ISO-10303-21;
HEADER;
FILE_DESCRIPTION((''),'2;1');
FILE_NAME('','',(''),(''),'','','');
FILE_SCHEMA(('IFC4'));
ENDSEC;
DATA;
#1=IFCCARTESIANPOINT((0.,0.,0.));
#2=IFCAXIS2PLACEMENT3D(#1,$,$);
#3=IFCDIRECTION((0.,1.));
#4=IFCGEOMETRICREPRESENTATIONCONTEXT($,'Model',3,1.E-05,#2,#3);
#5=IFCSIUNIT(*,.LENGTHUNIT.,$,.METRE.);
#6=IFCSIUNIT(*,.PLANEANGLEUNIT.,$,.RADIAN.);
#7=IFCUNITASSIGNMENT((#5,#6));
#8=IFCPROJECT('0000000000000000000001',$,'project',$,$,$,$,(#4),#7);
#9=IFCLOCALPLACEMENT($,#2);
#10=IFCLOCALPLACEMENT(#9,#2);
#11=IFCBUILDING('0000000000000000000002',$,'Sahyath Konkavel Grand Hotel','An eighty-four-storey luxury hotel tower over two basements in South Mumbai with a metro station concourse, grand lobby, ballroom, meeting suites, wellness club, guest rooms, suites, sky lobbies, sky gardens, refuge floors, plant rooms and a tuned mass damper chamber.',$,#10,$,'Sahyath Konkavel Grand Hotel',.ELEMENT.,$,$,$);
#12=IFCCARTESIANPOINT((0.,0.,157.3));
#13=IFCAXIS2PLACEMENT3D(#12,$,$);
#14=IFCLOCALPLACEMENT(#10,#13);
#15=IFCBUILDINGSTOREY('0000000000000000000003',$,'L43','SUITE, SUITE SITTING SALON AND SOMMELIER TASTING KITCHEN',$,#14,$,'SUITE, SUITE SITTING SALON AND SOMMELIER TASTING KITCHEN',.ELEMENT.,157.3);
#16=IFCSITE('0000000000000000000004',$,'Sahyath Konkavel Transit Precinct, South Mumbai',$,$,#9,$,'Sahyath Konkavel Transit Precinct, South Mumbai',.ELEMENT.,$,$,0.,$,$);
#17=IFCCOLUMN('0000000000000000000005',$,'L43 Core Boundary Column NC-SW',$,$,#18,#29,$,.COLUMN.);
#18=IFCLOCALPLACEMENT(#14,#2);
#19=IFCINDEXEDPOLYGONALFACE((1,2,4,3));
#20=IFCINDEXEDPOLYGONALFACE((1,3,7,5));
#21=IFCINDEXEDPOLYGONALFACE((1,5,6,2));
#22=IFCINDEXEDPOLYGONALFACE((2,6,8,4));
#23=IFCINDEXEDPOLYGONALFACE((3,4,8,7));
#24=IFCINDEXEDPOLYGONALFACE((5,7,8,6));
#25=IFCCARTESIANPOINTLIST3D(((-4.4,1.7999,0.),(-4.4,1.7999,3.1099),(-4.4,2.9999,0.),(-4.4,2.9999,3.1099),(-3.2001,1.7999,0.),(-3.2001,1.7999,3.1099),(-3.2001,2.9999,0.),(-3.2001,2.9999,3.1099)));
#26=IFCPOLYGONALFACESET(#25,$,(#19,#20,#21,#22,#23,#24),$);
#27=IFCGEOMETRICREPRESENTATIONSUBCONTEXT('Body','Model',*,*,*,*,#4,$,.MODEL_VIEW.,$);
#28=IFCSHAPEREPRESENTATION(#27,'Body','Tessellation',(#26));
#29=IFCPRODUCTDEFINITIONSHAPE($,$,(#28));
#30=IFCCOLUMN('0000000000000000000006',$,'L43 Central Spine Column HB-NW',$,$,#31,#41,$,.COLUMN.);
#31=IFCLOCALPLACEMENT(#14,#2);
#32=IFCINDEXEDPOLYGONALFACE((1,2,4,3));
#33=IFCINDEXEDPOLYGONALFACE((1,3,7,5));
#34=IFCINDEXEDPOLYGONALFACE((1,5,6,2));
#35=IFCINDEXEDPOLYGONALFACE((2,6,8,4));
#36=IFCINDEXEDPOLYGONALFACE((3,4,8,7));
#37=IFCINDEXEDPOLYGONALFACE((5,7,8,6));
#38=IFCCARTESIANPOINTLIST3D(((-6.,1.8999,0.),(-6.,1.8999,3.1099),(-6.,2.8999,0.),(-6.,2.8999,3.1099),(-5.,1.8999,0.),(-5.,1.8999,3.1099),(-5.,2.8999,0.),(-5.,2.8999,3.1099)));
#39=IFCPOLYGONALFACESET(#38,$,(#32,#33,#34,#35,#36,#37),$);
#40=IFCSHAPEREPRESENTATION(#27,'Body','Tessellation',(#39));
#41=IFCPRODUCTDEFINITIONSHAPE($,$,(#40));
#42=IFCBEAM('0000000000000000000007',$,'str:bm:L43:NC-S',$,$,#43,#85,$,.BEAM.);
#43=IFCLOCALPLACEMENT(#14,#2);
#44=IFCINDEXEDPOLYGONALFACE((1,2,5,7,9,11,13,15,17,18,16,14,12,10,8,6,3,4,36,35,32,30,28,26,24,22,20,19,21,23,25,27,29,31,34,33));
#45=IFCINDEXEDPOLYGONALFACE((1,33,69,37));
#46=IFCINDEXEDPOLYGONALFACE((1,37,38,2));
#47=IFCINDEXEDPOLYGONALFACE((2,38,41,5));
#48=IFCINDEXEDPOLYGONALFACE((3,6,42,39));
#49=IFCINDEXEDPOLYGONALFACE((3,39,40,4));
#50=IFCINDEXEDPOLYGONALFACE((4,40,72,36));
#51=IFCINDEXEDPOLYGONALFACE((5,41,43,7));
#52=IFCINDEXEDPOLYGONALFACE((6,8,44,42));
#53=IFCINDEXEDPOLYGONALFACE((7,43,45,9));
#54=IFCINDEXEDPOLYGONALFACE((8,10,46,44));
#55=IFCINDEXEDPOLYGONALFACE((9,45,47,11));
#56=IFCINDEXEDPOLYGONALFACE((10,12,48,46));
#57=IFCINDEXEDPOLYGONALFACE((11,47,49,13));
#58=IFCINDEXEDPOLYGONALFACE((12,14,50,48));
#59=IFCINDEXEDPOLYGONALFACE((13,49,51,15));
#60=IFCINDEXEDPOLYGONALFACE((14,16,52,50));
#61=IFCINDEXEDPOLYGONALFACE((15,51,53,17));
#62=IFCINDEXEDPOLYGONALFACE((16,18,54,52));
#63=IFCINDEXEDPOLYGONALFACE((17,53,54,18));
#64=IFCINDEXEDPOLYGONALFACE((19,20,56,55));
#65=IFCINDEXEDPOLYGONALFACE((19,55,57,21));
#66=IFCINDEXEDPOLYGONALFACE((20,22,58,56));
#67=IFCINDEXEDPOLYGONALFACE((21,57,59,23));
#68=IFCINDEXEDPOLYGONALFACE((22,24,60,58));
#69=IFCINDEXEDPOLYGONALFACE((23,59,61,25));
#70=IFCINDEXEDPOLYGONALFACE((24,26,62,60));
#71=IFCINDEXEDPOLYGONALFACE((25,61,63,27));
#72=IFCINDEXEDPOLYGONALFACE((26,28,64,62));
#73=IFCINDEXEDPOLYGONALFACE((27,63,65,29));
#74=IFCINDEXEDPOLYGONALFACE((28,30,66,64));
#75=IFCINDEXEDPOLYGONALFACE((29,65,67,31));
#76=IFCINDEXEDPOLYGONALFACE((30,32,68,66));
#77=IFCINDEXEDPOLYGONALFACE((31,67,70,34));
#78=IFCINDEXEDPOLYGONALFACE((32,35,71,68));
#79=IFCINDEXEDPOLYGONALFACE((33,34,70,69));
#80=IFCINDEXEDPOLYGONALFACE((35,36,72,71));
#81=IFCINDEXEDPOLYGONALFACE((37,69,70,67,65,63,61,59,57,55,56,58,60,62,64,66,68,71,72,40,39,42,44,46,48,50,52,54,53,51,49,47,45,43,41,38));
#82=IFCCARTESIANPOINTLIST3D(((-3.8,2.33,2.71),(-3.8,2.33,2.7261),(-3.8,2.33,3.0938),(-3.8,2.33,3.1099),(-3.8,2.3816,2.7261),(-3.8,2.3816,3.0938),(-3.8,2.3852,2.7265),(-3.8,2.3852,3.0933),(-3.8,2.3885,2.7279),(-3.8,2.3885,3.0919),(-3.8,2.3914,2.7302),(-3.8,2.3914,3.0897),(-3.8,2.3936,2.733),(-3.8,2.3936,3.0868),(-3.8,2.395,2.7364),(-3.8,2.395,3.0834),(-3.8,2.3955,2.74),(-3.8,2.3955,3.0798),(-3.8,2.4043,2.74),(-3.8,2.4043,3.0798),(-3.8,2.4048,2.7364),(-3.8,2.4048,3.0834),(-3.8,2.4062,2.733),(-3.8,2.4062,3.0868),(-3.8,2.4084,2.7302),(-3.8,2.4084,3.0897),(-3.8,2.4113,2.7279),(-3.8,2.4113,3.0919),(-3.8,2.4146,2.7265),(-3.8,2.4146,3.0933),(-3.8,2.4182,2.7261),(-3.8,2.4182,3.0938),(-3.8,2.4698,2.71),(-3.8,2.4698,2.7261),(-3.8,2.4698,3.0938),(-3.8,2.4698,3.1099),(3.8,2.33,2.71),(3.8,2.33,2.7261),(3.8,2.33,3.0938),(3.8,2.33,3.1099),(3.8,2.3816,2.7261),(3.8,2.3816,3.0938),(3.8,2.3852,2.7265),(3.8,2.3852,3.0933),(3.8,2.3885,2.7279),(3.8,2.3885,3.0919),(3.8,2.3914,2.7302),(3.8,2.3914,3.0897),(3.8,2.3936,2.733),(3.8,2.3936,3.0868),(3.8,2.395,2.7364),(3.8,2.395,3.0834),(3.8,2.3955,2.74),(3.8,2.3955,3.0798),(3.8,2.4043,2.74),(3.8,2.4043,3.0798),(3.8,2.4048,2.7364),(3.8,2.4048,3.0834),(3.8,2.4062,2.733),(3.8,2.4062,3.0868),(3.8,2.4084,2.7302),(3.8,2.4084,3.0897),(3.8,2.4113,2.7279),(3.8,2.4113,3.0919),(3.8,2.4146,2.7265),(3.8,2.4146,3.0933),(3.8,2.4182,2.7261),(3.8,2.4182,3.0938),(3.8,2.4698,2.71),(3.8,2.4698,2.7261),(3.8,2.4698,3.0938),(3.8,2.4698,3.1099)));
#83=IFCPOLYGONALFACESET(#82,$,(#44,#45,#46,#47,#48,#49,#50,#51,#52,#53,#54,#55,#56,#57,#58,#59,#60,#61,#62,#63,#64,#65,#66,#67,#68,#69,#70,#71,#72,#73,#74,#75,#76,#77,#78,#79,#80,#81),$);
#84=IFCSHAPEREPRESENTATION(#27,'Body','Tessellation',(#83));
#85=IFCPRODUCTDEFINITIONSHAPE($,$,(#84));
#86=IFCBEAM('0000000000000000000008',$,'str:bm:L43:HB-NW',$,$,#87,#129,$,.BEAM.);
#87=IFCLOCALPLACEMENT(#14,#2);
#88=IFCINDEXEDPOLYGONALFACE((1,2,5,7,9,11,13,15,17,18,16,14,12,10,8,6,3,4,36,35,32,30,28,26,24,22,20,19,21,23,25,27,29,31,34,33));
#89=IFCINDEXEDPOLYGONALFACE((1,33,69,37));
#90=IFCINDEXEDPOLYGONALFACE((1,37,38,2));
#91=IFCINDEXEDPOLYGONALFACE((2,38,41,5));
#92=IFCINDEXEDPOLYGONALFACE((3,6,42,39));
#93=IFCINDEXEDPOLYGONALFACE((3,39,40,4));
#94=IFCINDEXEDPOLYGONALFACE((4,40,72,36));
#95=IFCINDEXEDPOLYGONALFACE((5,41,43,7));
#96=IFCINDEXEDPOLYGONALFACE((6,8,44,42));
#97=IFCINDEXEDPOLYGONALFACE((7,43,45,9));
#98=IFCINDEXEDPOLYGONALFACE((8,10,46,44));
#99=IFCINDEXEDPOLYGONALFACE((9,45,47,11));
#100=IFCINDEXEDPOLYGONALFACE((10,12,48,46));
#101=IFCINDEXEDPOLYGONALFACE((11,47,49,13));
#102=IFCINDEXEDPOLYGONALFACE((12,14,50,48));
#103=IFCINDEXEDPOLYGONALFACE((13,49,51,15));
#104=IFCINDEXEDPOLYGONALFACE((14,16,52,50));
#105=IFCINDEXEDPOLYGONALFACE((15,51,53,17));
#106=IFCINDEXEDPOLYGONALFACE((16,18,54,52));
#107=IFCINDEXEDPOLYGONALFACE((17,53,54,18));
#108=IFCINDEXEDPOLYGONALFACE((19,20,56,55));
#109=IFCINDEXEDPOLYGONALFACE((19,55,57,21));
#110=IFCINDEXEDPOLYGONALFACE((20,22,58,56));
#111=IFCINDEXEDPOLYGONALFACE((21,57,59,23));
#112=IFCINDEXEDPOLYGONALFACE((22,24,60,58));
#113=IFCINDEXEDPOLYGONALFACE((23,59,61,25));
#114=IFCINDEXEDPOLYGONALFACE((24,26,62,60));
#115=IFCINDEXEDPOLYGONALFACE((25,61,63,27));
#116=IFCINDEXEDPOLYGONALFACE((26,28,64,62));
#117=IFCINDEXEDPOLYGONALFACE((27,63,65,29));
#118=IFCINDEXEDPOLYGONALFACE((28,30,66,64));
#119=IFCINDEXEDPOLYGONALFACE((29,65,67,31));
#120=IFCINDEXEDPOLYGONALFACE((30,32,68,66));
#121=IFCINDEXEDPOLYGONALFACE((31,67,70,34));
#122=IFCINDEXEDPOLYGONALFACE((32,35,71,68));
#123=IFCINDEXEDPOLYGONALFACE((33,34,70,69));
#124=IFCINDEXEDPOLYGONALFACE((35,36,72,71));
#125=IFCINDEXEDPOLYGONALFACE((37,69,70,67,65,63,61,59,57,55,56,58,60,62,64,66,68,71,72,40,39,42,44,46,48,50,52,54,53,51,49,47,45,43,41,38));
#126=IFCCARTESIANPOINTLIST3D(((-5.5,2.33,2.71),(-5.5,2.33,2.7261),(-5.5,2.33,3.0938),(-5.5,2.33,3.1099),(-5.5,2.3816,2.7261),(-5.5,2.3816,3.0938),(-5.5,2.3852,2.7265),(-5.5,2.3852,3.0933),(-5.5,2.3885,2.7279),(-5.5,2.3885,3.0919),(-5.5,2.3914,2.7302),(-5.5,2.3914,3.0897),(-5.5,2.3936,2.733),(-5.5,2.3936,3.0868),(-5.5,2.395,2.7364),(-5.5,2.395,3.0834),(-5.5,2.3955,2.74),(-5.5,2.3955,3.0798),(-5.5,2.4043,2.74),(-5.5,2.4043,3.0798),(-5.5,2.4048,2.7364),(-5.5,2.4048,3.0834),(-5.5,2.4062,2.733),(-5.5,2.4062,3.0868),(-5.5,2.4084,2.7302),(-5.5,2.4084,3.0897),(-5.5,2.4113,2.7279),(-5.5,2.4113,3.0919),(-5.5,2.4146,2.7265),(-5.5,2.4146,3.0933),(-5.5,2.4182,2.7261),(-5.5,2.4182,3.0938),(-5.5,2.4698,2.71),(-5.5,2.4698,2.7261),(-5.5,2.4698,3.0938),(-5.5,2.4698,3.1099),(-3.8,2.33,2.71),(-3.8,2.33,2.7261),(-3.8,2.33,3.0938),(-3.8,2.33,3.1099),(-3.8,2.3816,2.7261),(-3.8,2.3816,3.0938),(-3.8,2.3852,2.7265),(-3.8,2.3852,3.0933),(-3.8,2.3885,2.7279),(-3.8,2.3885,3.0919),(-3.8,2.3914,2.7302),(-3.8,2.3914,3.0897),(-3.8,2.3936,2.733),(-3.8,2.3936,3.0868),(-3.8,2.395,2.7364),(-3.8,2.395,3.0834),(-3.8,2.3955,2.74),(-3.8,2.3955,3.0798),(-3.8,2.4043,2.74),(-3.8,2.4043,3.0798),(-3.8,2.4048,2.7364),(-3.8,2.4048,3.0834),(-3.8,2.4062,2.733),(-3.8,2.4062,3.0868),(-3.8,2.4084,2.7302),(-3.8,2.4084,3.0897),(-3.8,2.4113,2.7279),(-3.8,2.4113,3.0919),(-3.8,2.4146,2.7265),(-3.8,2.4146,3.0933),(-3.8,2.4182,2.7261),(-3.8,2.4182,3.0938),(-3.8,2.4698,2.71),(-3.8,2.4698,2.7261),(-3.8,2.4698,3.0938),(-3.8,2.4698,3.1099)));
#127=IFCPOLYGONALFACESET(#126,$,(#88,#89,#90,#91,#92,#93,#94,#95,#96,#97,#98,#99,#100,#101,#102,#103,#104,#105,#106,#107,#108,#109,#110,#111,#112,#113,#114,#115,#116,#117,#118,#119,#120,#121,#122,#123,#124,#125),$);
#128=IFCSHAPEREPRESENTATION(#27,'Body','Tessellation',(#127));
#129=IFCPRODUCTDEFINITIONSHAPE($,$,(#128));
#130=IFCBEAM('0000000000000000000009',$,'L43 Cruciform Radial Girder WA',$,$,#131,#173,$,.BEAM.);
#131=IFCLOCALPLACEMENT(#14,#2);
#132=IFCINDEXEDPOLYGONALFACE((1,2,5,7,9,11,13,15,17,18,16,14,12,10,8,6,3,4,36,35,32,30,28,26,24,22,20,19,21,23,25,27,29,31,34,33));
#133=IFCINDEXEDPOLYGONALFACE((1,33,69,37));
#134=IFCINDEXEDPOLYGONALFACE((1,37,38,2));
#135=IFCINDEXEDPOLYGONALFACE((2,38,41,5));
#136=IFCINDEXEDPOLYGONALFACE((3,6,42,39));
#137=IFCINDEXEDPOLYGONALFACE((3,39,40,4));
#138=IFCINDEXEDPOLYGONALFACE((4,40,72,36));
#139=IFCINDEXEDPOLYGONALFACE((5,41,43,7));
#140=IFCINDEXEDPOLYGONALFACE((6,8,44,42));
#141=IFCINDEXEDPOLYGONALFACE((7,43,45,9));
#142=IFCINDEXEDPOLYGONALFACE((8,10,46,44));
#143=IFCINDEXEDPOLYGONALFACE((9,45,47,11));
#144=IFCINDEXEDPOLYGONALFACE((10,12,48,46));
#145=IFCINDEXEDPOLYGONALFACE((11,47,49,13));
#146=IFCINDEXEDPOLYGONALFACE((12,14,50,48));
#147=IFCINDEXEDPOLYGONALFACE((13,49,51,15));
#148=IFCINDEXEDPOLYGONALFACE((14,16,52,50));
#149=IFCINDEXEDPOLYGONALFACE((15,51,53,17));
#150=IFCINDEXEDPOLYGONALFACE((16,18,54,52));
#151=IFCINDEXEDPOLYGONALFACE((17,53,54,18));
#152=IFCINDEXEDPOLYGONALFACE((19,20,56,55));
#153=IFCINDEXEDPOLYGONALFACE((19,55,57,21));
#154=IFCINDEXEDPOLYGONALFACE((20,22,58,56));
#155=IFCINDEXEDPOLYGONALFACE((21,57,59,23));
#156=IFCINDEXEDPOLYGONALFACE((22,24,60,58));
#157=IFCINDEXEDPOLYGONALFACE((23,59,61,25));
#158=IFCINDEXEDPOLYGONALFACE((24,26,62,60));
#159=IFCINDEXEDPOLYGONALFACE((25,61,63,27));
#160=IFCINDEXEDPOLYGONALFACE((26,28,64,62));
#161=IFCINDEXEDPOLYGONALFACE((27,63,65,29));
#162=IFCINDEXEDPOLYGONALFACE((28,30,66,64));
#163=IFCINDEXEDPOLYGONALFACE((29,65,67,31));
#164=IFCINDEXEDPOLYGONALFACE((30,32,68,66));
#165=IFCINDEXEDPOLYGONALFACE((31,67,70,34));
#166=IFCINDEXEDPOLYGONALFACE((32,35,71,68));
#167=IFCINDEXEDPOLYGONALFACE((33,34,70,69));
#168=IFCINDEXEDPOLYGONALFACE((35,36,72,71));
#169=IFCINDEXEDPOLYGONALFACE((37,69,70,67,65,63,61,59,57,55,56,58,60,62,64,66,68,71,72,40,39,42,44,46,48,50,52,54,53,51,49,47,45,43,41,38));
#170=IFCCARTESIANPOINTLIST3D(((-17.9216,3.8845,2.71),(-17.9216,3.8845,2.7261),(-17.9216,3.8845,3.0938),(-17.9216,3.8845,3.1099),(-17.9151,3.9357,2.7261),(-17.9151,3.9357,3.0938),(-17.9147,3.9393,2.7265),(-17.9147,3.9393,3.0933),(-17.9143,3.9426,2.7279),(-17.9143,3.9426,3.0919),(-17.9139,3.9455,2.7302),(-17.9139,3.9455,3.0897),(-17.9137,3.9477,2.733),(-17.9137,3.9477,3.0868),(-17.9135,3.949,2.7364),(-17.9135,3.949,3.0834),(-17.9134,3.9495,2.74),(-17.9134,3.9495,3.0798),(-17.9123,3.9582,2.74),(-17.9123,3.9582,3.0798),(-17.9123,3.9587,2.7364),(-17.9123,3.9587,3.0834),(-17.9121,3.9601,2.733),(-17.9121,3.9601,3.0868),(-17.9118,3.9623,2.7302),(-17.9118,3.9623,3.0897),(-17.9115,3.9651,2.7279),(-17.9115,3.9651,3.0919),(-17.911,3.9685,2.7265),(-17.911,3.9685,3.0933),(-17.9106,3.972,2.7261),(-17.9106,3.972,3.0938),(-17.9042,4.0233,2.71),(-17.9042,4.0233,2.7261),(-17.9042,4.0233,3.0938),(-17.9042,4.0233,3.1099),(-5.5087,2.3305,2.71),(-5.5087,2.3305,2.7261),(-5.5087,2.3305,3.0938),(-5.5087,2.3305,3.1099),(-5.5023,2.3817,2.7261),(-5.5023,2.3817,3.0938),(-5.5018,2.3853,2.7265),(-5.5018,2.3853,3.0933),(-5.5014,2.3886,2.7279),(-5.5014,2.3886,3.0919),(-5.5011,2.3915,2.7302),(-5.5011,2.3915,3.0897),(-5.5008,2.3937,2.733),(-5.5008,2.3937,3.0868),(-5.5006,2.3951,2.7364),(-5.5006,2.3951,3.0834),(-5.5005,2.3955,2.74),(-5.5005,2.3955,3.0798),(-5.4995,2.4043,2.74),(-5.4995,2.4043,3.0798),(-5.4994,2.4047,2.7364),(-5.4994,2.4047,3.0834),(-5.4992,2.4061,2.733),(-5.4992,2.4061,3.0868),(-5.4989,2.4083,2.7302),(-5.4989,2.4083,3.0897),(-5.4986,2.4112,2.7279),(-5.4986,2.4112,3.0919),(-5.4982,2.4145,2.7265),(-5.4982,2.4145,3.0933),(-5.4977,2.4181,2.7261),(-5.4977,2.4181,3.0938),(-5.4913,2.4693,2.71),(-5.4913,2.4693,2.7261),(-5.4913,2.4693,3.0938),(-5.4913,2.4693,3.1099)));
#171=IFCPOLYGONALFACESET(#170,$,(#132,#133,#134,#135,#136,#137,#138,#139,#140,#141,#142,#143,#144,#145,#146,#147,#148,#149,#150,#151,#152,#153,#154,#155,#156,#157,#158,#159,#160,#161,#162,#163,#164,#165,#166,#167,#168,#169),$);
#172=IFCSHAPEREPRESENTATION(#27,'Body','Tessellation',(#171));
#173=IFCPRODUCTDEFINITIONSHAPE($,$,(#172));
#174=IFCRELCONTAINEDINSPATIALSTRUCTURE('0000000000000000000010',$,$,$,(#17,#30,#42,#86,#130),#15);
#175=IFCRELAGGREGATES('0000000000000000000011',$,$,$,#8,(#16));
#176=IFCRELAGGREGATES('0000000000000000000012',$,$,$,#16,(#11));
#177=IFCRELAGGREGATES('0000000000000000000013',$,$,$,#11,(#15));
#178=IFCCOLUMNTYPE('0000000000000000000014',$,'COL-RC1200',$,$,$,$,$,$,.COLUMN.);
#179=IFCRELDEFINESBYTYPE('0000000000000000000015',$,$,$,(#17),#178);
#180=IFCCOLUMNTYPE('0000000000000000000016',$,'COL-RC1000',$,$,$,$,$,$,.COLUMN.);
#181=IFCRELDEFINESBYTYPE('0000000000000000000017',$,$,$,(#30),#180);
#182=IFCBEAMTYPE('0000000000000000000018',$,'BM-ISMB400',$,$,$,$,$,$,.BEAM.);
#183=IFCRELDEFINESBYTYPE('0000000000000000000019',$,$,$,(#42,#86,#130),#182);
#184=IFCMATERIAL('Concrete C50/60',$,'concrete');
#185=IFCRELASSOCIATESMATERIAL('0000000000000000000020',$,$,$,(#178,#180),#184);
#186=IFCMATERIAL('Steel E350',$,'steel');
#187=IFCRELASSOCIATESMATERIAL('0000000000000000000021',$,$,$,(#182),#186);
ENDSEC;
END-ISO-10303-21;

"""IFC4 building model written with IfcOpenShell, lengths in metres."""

from ifc_helpers import new_model, si_unit, direction, frame, origin, origin_2d, place, context, subcontext, project, spatial, rectangle, i_section, extrude, source, transform, mapped, material, material_profile, profile_set, type_object, element, save


model = new_model("IFC4")

# Units and contexts
model_context = context("Model", 3, precision=1e-05, world=origin(), true_north=direction((0.0, 1.0)))
body_context = subcontext(model_context, "Body", "Model", "MODEL_VIEW")
ifc_project = project(units=[si_unit("LENGTHUNIT", "METRE"), si_unit("PLANEANGLEUNIT", "RADIAN")], contexts=[model_context])

# Site, building, storey
site_placement = place(None, origin())
site = spatial("IfcSite", under=ifc_project, at=site_placement, Name="Sahyath Konkavel Transit Precinct, South Mumbai", LongName="Sahyath Konkavel Transit Precinct, South Mumbai", CompositionType="ELEMENT", RefElevation=0.0)
building_placement = place(site_placement, origin())
building = spatial("IfcBuilding", under=site, at=building_placement, Name="Sahyath Konkavel Grand Hotel", Description="An eighty-four-storey luxury hotel tower over two basements in South Mumbai with a metro station concourse, grand lobby, ballroom, meeting suites, wellness club, guest rooms, suites, sky lobbies, sky gardens, refuge floors, plant rooms and a tuned mass damper chamber.", LongName="Sahyath Konkavel Grand Hotel", CompositionType="ELEMENT")
storey_placement = place(building_placement, frame((0.0, 0.0, 157.3)))
storey = spatial("IfcBuildingStorey", under=building, at=storey_placement, Name="L43", Description="SUITE, SUITE SITTING SALON AND SOMMELIER TASTING KITCHEN", LongName="SUITE, SUITE SITTING SALON AND SOMMELIER TASTING KITCHEN", CompositionType="ELEMENT", Elevation=157.3)

# Columns
ifc_material_1 = material(Name="Concrete C50/60", Category="concrete")
ifc_material_profile_1 = material_profile(ifc_material_1, rectangle(XDim=1.2, YDim=1.2, at=origin_2d()), Name="RC 1200x1200")
ifc_profile_set_1 = profile_set([ifc_material_profile_1], Name="Concrete C50/60")
column_type_1 = type_object("IfcColumnType", Name="COL-RC1200", PredefinedType="COLUMN", material=ifc_profile_set_1)
shared_shape_1 = source(origin(), body_context, "Body", "SweptSolid", [
    extrude(rectangle(XDim=1.2, YDim=1.2, at=origin_2d()), origin(), (0.0, 0.0, 1.0), 3.1099),
])
column_1_placement = place(storey_placement, frame((-3.8, 2.3999, 0.0), z_axis=(0.0, 0.0, 1.0), x_axis=(1.0, 0.0, 0.0)))
element("IfcColumn", 1, at=column_1_placement, inside=storey, type_object=column_type_1, Name="L43 Core Boundary Column NC-SW", PredefinedType="COLUMN", context=body_context, shape_type="MappedRepresentation", body=[
    mapped(shared_shape_1, transform((0.0, 0.0, 0.0), scale=1.0)),
])
ifc_material_profile_2 = material_profile(ifc_material_1, rectangle(XDim=1.0, YDim=1.0, at=origin_2d()), Name="RC 1000x1000")
ifc_profile_set_2 = profile_set([ifc_material_profile_2], Name="Concrete C50/60")
column_type_2 = type_object("IfcColumnType", Name="COL-RC1000", PredefinedType="COLUMN", material=ifc_profile_set_2)
shared_shape_2 = source(origin(), body_context, "Body", "SweptSolid", [
    extrude(rectangle(XDim=1.0, YDim=1.0, at=origin_2d()), origin(), (0.0, 0.0, 1.0), 3.1099),
])
column_2_placement = place(storey_placement, frame((-5.5, 2.3999, 0.0), z_axis=(0.0, 0.0, 1.0), x_axis=(1.0, 0.0, 0.0)))
element("IfcColumn", 2, at=column_2_placement, inside=storey, type_object=column_type_2, Name="L43 Central Spine Column HB-NW", PredefinedType="COLUMN", context=body_context, shape_type="MappedRepresentation", body=[
    mapped(shared_shape_2, transform((0.0, 0.0, 0.0), scale=1.0)),
])

# Beams
ifc_material_2 = material(Name="Steel E350", Category="steel")
ifc_material_profile_3 = material_profile(ifc_material_2, i_section(OverallWidth=0.1399, OverallDepth=0.3999, WebThickness=0.0088, FlangeThickness=0.0161, FilletRadius=0.0139, at=origin_2d()), Name="ISMB 400")
ifc_profile_set_3 = profile_set([ifc_material_profile_3], Name="Steel E350")
beam_type_1 = type_object("IfcBeamType", Name="BM-ISMB400", PredefinedType="BEAM", material=ifc_profile_set_3)
shared_shape_3 = source(origin(), body_context, "Body", "SweptSolid", [
    extrude(i_section(OverallWidth=0.1399, OverallDepth=0.3999, WebThickness=0.0088, FlangeThickness=0.0161, FilletRadius=0.0139, at=origin_2d()), origin(), (0.0, 0.0, 1.0), 7.6001),
])
beam_1_placement = place(storey_placement, frame((-3.8, 2.3999, 2.9099), z_axis=(1.0, 0.0, 0.0), x_axis=(0.0, 1.0, 0.0)))
element("IfcBeam", 3, at=beam_1_placement, inside=storey, type_object=beam_type_1, Name="str:bm:L43:NC-S", PredefinedType="BEAM", context=body_context, shape_type="MappedRepresentation", body=[
    mapped(shared_shape_3, transform((0.0, 0.0, 0.0), scale=1.0)),
])
shared_shape_4 = source(origin(), body_context, "Body", "SweptSolid", [
    extrude(i_section(OverallWidth=0.1399, OverallDepth=0.3999, WebThickness=0.0088, FlangeThickness=0.0161, FilletRadius=0.0139, at=origin_2d()), origin(), (0.0, 0.0, 1.0), 1.7),
])
beam_2_placement = place(storey_placement, frame((-5.5, 2.3999, 2.9099), z_axis=(1.0, 0.0, 0.0), x_axis=(0.0, 1.0, 0.0)))
element("IfcBeam", 4, at=beam_2_placement, inside=storey, type_object=beam_type_1, Name="str:bm:L43:HB-NW", PredefinedType="BEAM", context=body_context, shape_type="MappedRepresentation", body=[
    mapped(shared_shape_4, transform((0.0, 0.0, 0.0), scale=1.0)),
])
shared_shape_5 = source(origin(), body_context, "Body", "SweptSolid", [
    extrude(i_section(OverallWidth=0.1399, OverallDepth=0.3999, WebThickness=0.0088, FlangeThickness=0.0161, FilletRadius=0.0139, at=origin_2d()), origin(), (0.0, 0.0, 1.0), 12.5098),
])
beam_3_placement = place(storey_placement, frame((-5.5, 2.3999, 2.9099), z_axis=(-0.992255, 0.12422, 0.0), x_axis=(-0.12422, -0.992255, 0.0)))
element("IfcBeam", 5, at=beam_3_placement, inside=storey, type_object=beam_type_1, Name="L43 Cruciform Radial Girder WA", PredefinedType="BEAM", context=body_context, shape_type="MappedRepresentation", body=[
    mapped(shared_shape_5, transform((0.0, 0.0, 0.0), scale=1.0)),
])

save(model, "model.ifc")
